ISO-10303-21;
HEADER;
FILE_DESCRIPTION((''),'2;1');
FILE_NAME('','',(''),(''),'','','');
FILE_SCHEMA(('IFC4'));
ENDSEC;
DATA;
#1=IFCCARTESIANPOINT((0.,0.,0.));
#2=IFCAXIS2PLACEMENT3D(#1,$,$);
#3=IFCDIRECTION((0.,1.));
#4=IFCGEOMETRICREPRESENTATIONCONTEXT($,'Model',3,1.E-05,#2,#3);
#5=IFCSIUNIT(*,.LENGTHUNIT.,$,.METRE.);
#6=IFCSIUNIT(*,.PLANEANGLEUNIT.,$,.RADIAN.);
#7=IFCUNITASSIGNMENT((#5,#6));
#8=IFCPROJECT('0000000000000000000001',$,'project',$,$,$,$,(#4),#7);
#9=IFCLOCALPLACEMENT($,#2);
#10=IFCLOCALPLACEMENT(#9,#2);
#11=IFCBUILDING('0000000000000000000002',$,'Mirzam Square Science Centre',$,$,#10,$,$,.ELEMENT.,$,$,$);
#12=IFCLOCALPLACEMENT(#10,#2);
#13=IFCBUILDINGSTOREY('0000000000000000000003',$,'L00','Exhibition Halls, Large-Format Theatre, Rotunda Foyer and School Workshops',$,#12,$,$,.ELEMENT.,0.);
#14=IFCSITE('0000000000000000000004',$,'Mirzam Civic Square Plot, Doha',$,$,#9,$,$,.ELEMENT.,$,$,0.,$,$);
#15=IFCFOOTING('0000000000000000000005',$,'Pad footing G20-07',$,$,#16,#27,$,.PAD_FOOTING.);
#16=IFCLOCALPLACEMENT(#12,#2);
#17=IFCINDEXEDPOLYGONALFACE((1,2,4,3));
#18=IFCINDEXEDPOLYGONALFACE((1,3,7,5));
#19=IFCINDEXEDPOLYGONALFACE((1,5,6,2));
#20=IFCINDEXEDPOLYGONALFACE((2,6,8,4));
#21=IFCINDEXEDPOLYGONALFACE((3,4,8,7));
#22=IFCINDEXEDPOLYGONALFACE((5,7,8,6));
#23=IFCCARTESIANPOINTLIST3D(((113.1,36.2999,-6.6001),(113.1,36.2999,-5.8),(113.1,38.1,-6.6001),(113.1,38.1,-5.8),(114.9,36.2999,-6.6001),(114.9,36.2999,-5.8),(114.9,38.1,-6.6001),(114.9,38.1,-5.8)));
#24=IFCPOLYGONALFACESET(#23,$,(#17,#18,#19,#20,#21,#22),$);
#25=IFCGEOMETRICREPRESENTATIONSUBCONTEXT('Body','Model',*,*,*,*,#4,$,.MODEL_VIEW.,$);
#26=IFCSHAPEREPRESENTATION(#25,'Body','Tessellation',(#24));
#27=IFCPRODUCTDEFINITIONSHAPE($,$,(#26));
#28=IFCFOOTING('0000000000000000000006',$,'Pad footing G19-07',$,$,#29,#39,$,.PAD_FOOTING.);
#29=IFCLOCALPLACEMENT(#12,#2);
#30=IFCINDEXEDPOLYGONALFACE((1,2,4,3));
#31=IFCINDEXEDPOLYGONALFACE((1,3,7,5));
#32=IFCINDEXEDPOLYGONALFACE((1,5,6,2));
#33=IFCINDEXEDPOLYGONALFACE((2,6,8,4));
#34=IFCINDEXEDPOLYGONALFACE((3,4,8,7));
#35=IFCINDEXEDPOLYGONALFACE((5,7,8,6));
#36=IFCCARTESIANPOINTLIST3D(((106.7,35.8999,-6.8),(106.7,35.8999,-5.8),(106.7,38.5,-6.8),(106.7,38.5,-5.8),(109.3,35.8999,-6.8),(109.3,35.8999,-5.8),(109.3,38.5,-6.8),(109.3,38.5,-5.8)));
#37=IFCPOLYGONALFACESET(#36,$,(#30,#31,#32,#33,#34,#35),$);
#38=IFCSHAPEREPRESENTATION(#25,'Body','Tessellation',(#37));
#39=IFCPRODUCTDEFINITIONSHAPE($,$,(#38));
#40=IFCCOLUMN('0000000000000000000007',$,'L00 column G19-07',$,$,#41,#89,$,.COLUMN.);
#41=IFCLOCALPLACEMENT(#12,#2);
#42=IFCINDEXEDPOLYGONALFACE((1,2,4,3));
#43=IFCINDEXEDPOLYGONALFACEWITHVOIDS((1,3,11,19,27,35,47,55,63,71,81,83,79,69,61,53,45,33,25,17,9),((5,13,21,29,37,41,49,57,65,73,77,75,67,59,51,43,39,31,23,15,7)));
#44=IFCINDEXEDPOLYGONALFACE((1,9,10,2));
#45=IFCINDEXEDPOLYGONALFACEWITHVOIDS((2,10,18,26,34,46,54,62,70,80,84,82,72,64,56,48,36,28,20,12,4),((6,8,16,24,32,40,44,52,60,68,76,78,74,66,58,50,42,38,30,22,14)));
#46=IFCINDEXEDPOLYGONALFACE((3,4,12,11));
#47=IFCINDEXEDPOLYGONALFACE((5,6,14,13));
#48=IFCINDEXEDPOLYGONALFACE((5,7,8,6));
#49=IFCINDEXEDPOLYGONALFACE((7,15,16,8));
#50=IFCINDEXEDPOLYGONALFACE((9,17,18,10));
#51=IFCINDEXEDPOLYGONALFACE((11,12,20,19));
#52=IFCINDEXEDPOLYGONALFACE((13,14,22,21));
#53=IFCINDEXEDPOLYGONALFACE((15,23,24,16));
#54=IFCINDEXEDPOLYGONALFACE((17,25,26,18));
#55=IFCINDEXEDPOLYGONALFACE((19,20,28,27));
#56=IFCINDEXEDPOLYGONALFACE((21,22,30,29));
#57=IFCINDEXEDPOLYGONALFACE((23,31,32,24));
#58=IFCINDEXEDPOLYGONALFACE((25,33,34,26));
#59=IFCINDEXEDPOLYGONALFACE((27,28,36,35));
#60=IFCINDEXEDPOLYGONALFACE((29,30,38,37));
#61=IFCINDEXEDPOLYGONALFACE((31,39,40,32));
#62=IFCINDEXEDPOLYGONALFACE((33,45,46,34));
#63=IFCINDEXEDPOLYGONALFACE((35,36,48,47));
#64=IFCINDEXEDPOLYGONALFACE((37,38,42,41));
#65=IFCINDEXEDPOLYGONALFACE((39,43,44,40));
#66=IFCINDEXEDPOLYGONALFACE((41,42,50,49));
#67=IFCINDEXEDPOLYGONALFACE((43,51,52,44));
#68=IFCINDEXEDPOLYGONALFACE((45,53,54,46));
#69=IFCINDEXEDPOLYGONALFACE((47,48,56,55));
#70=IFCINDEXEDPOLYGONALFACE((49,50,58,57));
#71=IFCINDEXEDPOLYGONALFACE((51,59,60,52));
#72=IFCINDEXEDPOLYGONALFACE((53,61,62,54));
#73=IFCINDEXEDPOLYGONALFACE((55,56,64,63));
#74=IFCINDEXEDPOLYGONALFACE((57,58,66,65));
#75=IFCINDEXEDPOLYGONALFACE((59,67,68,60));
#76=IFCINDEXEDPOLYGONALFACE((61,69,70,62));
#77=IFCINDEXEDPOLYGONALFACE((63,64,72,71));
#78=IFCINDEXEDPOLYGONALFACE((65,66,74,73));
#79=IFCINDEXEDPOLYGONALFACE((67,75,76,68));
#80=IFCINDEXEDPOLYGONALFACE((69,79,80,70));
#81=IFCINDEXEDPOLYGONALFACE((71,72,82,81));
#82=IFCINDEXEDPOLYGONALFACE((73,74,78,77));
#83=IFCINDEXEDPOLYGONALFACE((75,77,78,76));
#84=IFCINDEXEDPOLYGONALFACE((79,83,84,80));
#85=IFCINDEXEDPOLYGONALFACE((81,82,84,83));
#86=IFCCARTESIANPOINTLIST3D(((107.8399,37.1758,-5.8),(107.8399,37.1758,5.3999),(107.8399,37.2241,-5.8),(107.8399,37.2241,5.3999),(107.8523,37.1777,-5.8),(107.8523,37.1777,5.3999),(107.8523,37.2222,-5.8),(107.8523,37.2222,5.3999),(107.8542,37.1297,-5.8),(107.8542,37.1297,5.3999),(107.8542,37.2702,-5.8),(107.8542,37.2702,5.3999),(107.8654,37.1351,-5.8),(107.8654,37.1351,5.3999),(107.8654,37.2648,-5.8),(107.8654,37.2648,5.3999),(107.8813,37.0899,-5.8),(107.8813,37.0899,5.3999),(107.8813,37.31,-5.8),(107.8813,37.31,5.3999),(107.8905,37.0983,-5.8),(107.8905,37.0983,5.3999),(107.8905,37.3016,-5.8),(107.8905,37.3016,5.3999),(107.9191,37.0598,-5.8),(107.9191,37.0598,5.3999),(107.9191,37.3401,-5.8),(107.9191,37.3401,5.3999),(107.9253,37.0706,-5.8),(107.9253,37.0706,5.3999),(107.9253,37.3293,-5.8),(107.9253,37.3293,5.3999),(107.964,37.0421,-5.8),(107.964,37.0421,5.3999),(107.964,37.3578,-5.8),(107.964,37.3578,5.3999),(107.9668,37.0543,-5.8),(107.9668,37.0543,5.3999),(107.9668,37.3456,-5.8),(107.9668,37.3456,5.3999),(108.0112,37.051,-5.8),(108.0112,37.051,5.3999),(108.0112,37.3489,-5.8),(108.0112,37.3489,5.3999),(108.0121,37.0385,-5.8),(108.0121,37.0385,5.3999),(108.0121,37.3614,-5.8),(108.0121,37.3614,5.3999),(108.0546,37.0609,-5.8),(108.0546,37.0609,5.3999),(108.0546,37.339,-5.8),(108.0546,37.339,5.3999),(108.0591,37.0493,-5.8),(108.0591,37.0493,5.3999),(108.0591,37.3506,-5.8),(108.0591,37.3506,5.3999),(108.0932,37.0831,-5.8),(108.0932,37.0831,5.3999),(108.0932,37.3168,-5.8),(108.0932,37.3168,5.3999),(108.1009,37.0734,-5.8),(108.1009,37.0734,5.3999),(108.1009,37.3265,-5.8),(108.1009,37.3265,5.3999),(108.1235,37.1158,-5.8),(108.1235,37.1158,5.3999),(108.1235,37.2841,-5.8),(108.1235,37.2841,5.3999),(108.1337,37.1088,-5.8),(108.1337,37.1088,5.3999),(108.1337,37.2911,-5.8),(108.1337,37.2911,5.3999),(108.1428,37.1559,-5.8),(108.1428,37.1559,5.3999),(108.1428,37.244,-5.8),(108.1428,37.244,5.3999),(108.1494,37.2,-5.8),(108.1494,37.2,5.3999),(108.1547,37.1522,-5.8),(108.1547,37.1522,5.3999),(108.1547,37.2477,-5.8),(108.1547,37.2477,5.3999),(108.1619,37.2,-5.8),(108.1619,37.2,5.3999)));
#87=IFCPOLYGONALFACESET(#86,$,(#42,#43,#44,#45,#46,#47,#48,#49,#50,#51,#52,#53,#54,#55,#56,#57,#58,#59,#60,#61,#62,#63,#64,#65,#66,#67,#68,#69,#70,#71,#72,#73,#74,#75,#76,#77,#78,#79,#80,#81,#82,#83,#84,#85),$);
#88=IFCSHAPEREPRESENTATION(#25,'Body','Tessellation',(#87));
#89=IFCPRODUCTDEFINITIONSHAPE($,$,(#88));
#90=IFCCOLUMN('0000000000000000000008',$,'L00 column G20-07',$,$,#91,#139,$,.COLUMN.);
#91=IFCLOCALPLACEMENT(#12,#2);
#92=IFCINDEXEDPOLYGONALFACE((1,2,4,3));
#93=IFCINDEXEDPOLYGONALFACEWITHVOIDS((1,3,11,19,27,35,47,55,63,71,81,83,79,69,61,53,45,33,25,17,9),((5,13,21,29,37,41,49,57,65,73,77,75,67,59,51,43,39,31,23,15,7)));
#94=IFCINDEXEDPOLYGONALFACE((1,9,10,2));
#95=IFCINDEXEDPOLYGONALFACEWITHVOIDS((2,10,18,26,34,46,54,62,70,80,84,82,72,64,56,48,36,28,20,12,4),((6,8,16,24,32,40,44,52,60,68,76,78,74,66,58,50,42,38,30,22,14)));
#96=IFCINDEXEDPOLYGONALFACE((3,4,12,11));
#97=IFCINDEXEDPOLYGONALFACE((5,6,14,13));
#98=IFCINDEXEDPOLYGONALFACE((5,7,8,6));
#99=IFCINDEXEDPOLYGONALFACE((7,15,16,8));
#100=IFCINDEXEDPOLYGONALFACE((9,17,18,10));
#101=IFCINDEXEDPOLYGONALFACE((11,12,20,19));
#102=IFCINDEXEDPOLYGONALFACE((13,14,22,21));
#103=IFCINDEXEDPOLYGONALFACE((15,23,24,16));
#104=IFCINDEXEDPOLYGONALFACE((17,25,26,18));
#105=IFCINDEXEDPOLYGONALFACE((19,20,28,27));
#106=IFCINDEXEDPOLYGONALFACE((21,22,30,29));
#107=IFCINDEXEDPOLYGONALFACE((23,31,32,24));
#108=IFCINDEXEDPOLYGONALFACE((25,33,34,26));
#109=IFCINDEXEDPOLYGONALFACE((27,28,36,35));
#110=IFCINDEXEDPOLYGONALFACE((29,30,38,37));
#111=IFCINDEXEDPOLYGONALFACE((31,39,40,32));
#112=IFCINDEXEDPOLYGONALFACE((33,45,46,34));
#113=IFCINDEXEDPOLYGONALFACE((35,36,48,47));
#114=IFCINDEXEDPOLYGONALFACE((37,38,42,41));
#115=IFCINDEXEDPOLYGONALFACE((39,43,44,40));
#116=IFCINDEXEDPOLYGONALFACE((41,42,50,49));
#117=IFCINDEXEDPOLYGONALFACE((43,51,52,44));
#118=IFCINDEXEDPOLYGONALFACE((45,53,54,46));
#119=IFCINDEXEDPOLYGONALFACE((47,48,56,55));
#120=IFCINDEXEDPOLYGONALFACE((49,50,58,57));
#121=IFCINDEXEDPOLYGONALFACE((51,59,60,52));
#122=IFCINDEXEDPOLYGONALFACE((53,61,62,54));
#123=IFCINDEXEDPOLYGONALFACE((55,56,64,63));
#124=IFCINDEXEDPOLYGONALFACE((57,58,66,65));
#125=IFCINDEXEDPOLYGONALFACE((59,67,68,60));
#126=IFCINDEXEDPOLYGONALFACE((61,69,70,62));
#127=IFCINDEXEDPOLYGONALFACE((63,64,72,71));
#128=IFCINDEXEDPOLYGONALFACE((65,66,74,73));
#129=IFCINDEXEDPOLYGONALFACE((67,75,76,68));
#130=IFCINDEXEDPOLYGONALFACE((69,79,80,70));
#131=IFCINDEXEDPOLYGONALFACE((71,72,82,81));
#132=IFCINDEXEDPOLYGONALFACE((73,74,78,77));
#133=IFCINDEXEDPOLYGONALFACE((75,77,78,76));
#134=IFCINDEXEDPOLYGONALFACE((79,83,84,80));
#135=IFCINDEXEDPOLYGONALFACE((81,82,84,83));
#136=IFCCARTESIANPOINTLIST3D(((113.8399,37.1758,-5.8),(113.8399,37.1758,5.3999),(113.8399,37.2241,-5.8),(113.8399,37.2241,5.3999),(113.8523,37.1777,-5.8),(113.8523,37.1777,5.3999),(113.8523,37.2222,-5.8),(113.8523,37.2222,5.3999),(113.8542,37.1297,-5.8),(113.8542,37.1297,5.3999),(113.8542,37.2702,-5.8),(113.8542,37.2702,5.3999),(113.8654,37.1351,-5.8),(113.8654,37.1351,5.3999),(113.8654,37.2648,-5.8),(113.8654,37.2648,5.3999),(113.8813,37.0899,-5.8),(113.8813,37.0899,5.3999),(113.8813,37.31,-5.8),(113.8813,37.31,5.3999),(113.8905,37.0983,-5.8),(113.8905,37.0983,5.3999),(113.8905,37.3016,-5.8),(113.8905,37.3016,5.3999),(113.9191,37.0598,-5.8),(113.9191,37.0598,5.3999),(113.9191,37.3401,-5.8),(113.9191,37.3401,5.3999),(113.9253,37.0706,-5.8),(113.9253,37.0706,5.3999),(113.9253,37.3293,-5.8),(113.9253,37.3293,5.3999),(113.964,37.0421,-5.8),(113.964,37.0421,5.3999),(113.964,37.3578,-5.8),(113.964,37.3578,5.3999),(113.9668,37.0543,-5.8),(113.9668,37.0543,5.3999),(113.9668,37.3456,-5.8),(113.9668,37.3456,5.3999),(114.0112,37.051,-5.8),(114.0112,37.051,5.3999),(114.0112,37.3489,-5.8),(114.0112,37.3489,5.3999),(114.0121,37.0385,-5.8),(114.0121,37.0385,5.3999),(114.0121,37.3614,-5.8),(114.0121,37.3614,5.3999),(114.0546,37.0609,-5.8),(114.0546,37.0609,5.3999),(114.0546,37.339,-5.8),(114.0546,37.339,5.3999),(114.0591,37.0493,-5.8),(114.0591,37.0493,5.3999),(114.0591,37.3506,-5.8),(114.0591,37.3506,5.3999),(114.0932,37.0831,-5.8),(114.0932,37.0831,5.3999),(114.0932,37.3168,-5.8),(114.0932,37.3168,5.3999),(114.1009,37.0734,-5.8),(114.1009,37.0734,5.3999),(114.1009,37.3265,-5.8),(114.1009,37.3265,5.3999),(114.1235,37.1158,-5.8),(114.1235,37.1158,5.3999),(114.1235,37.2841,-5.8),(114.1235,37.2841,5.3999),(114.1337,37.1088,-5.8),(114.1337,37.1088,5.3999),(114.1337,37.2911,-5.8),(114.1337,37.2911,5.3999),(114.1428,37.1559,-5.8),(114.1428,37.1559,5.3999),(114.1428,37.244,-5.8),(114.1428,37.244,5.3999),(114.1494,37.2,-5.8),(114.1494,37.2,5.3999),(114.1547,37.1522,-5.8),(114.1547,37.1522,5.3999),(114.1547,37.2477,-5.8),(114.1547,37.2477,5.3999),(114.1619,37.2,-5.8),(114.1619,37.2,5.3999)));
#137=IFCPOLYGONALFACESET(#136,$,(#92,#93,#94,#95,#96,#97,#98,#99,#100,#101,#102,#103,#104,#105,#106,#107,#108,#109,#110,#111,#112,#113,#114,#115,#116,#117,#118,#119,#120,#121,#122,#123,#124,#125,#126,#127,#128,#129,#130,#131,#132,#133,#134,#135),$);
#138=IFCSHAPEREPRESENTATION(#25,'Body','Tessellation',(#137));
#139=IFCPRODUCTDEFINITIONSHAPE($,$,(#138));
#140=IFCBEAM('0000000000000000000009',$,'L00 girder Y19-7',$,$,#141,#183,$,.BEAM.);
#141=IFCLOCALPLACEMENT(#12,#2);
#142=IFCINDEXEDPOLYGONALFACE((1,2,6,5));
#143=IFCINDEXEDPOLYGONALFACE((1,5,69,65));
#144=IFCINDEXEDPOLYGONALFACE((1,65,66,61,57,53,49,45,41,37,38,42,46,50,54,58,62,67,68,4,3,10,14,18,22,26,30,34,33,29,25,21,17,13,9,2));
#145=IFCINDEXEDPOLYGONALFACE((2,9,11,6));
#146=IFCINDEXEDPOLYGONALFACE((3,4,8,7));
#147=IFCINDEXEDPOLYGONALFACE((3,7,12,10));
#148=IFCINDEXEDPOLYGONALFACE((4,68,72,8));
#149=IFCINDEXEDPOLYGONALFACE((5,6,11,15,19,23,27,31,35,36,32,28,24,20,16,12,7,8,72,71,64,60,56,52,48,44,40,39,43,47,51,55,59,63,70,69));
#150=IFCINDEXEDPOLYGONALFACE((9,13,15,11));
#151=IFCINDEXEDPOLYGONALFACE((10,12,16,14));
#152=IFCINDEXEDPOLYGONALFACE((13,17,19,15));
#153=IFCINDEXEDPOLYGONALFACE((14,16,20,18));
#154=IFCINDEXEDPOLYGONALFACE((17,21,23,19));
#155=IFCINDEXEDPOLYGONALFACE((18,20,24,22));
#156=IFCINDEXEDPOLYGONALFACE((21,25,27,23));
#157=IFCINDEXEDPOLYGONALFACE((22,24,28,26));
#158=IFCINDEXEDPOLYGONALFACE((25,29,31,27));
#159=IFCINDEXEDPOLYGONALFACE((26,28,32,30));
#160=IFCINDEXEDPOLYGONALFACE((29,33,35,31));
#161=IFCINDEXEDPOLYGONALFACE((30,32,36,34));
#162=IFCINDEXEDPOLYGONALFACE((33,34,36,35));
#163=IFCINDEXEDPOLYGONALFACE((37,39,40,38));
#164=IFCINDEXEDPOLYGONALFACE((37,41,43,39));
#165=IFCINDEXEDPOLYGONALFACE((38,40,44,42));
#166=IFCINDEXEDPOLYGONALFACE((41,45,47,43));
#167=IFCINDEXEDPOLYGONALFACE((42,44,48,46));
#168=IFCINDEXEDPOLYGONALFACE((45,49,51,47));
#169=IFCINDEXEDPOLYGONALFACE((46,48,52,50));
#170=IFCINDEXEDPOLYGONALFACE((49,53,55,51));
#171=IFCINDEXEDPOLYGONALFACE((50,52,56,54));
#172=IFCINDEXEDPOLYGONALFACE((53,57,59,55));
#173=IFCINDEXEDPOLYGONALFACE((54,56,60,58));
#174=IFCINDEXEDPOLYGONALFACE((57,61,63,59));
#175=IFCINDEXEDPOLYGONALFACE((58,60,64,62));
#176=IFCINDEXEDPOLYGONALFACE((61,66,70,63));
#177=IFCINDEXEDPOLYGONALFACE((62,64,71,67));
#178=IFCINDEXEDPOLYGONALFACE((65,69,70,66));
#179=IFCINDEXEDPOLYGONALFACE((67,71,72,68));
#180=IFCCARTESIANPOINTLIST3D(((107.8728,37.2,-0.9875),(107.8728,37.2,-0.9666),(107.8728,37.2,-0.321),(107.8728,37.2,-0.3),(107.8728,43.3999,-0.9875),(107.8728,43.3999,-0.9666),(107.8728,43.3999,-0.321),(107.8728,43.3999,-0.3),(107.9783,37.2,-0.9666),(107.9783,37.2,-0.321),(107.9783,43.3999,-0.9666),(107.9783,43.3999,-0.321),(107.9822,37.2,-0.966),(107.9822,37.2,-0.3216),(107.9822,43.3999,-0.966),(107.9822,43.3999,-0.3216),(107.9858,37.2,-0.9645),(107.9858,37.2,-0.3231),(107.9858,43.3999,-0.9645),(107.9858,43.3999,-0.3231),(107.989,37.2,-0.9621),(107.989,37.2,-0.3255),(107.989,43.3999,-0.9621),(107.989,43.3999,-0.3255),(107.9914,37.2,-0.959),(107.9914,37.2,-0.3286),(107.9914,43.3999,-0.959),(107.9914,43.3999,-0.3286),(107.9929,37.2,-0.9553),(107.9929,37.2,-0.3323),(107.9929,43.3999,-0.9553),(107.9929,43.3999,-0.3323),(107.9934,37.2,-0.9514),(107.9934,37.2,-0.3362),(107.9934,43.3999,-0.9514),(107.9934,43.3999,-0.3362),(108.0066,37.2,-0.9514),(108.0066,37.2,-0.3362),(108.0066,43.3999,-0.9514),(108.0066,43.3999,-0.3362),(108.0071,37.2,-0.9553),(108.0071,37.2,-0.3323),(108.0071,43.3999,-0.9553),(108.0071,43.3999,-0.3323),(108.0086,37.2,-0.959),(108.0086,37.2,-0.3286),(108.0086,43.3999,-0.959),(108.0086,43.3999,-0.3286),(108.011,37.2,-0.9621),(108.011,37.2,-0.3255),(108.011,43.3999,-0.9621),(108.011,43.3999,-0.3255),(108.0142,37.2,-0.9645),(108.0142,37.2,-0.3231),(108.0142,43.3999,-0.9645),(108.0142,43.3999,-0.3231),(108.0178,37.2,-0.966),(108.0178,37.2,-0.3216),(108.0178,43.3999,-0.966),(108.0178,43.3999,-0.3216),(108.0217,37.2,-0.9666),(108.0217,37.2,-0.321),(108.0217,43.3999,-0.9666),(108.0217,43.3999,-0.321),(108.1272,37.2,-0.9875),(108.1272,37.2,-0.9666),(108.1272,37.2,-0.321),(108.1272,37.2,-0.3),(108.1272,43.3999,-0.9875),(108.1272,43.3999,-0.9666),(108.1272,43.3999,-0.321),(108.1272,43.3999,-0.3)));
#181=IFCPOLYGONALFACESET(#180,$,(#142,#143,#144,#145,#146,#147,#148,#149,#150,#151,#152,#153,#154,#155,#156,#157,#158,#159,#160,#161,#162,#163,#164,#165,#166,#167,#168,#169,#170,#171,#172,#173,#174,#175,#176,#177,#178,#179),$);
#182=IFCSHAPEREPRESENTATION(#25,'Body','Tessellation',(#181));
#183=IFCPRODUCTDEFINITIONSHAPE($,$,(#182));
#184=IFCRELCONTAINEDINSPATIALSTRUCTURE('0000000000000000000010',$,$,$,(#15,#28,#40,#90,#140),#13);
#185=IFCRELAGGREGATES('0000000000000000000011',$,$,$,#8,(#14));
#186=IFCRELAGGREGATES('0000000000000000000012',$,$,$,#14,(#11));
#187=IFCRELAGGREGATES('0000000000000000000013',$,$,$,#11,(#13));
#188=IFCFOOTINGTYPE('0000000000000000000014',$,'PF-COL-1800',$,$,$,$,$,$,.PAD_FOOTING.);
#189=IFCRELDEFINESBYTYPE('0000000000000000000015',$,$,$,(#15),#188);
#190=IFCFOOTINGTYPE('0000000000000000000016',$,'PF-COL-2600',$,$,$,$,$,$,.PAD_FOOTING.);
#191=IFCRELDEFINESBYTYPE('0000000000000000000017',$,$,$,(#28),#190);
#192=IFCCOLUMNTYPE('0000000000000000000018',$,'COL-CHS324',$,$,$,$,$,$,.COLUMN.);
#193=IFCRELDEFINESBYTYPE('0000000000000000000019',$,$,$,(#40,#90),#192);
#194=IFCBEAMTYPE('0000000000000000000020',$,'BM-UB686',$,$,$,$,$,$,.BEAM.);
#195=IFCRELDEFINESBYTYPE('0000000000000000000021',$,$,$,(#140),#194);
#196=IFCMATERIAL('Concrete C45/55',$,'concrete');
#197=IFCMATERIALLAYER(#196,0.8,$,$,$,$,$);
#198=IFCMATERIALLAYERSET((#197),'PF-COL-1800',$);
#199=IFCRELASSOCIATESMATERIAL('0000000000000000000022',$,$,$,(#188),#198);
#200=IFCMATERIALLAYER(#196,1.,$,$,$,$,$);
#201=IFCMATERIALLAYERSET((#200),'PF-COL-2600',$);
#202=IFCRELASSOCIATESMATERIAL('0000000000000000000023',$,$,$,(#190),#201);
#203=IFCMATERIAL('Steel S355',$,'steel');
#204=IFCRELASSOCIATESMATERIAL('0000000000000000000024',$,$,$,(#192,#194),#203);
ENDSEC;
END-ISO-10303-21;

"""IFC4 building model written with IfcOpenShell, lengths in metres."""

from ifc_helpers import new_model, si_unit, direction, frame, origin, origin_2d, place, context, subcontext, project, spatial, rectangle, hollow_circle, i_section, extrude, material, layer, layer_set, material_profile, profile_set, type_object, element, save


model = new_model("IFC4")

# Units and contexts
model_context = context("Model", 3, precision=1e-05, world=origin(), true_north=direction((0.0, 1.0)))
body_context = subcontext(model_context, "Body", "Model", "MODEL_VIEW")
ifc_project = project(units=[si_unit("LENGTHUNIT", "METRE"), si_unit("PLANEANGLEUNIT", "RADIAN")], contexts=[model_context])

# Site, building, storey
site_placement = place(None, origin())
site = spatial("IfcSite", under=ifc_project, at=site_placement, Name="Mirzam Civic Square Plot, Doha", CompositionType="ELEMENT", RefElevation=0.0)
building_placement = place(site_placement, origin())
building = spatial("IfcBuilding", under=site, at=building_placement, Name="Mirzam Square Science Centre", CompositionType="ELEMENT")
storey_placement = place(building_placement, origin())
storey = spatial("IfcBuildingStorey", under=building, at=storey_placement, Name="L00", Description="Exhibition Halls, Large-Format Theatre, Rotunda Foyer and School Workshops", CompositionType="ELEMENT", Elevation=0.0)

# Footings
ifc_material_1 = material(Name="Concrete C45/55", Category="concrete")
ifc_layer_1 = layer(ifc_material_1, 0.8)
ifc_layer_set_1 = layer_set([ifc_layer_1], Name="PF-COL-1800")
footing_type_1 = type_object("IfcFootingType", Name="PF-COL-1800", PredefinedType="PAD_FOOTING", material=ifc_layer_set_1)
footing_1_placement = place(storey_placement, frame((114.0, 37.2, -6.6001), z_axis=(0.0, 0.0, 1.0), x_axis=(1.0, 0.0, 0.0)))
element("IfcFooting", 1, at=footing_1_placement, inside=storey, type_object=footing_type_1, Name="Pad footing G20-07", PredefinedType="PAD_FOOTING", context=body_context, shape_type="SweptSolid", body=[
    extrude(rectangle(XDim=1.8, YDim=1.8, at=origin_2d()), origin(), (0.0, 0.0, 1.0), 0.8),
])
ifc_layer_2 = layer(ifc_material_1, 1.0)
ifc_layer_set_2 = layer_set([ifc_layer_2], Name="PF-COL-2600")
footing_type_2 = type_object("IfcFootingType", Name="PF-COL-2600", PredefinedType="PAD_FOOTING", material=ifc_layer_set_2)
footing_2_placement = place(storey_placement, frame((108.0, 37.2, -6.8), z_axis=(0.0, 0.0, 1.0), x_axis=(1.0, 0.0, 0.0)))
element("IfcFooting", 2, at=footing_2_placement, inside=storey, type_object=footing_type_2, Name="Pad footing G19-07", PredefinedType="PAD_FOOTING", context=body_context, shape_type="SweptSolid", body=[
    extrude(rectangle(XDim=2.6001, YDim=2.6001, at=origin_2d()), origin(), (0.0, 0.0, 1.0), 1.0),
])

# Columns
ifc_material_2 = material(Name="Steel S355", Category="steel")
ifc_material_profile_1 = material_profile(ifc_material_2, hollow_circle(Radius=0.1619, WallThickness=0.0125, at=origin_2d()), Name="323.9x12.5CHS")
ifc_profile_set_1 = profile_set([ifc_material_profile_1], Name="Steel S355")
column_type = type_object("IfcColumnType", Name="COL-CHS324", PredefinedType="COLUMN", material=ifc_profile_set_1)
for number, where, z_axis, x_axis, name in (
    (3, (108.0, 37.2, -5.8), (0.0, 0.0, 1.0), (1.0, 0.0, 0.0), "L00 column G19-07"),
    (4, (114.0, 37.2, -5.8), (0.0, 0.0, 1.0), (1.0, 0.0, 0.0), "L00 column G20-07"),
):
    element("IfcColumn", number, at=place(storey_placement, frame(where, z_axis=z_axis, x_axis=x_axis)), inside=storey, type_object=column_type, Name=name, PredefinedType="COLUMN", context=body_context, shape_type="SweptSolid", body=[
        extrude(hollow_circle(Radius=0.1619, WallThickness=0.0125, at=origin_2d()), origin(), (0.0, 0.0, 1.0), 11.2),
    ])

# Beam
ifc_material_profile_2 = material_profile(ifc_material_2, i_section(OverallWidth=0.2544, OverallDepth=0.6875, WebThickness=0.0132, FlangeThickness=0.021, FilletRadius=0.0151, at=origin_2d()), Name="686x254x152UB")
ifc_profile_set_2 = profile_set([ifc_material_profile_2], Name="Steel S355")
beam_type_1 = type_object("IfcBeamType", Name="BM-UB686", PredefinedType="BEAM", material=ifc_profile_set_2)
beam_1_placement = place(storey_placement, frame((108.0, 37.2, -0.6438), z_axis=(0.0, 1.0, 0.0), x_axis=(-1.0, 0.0, 0.0)))
element("IfcBeam", 5, at=beam_1_placement, inside=storey, type_object=beam_type_1, Name="L00 girder Y19-7", PredefinedType="BEAM", context=body_context, shape_type="SweptSolid", body=[
    extrude(i_section(OverallWidth=0.2544, OverallDepth=0.6875, WebThickness=0.0132, FlangeThickness=0.021, FilletRadius=0.0151, at=origin_2d()), origin(), (0.0, 0.0, 1.0), 6.2),
])

save(model, "model.ifc")
